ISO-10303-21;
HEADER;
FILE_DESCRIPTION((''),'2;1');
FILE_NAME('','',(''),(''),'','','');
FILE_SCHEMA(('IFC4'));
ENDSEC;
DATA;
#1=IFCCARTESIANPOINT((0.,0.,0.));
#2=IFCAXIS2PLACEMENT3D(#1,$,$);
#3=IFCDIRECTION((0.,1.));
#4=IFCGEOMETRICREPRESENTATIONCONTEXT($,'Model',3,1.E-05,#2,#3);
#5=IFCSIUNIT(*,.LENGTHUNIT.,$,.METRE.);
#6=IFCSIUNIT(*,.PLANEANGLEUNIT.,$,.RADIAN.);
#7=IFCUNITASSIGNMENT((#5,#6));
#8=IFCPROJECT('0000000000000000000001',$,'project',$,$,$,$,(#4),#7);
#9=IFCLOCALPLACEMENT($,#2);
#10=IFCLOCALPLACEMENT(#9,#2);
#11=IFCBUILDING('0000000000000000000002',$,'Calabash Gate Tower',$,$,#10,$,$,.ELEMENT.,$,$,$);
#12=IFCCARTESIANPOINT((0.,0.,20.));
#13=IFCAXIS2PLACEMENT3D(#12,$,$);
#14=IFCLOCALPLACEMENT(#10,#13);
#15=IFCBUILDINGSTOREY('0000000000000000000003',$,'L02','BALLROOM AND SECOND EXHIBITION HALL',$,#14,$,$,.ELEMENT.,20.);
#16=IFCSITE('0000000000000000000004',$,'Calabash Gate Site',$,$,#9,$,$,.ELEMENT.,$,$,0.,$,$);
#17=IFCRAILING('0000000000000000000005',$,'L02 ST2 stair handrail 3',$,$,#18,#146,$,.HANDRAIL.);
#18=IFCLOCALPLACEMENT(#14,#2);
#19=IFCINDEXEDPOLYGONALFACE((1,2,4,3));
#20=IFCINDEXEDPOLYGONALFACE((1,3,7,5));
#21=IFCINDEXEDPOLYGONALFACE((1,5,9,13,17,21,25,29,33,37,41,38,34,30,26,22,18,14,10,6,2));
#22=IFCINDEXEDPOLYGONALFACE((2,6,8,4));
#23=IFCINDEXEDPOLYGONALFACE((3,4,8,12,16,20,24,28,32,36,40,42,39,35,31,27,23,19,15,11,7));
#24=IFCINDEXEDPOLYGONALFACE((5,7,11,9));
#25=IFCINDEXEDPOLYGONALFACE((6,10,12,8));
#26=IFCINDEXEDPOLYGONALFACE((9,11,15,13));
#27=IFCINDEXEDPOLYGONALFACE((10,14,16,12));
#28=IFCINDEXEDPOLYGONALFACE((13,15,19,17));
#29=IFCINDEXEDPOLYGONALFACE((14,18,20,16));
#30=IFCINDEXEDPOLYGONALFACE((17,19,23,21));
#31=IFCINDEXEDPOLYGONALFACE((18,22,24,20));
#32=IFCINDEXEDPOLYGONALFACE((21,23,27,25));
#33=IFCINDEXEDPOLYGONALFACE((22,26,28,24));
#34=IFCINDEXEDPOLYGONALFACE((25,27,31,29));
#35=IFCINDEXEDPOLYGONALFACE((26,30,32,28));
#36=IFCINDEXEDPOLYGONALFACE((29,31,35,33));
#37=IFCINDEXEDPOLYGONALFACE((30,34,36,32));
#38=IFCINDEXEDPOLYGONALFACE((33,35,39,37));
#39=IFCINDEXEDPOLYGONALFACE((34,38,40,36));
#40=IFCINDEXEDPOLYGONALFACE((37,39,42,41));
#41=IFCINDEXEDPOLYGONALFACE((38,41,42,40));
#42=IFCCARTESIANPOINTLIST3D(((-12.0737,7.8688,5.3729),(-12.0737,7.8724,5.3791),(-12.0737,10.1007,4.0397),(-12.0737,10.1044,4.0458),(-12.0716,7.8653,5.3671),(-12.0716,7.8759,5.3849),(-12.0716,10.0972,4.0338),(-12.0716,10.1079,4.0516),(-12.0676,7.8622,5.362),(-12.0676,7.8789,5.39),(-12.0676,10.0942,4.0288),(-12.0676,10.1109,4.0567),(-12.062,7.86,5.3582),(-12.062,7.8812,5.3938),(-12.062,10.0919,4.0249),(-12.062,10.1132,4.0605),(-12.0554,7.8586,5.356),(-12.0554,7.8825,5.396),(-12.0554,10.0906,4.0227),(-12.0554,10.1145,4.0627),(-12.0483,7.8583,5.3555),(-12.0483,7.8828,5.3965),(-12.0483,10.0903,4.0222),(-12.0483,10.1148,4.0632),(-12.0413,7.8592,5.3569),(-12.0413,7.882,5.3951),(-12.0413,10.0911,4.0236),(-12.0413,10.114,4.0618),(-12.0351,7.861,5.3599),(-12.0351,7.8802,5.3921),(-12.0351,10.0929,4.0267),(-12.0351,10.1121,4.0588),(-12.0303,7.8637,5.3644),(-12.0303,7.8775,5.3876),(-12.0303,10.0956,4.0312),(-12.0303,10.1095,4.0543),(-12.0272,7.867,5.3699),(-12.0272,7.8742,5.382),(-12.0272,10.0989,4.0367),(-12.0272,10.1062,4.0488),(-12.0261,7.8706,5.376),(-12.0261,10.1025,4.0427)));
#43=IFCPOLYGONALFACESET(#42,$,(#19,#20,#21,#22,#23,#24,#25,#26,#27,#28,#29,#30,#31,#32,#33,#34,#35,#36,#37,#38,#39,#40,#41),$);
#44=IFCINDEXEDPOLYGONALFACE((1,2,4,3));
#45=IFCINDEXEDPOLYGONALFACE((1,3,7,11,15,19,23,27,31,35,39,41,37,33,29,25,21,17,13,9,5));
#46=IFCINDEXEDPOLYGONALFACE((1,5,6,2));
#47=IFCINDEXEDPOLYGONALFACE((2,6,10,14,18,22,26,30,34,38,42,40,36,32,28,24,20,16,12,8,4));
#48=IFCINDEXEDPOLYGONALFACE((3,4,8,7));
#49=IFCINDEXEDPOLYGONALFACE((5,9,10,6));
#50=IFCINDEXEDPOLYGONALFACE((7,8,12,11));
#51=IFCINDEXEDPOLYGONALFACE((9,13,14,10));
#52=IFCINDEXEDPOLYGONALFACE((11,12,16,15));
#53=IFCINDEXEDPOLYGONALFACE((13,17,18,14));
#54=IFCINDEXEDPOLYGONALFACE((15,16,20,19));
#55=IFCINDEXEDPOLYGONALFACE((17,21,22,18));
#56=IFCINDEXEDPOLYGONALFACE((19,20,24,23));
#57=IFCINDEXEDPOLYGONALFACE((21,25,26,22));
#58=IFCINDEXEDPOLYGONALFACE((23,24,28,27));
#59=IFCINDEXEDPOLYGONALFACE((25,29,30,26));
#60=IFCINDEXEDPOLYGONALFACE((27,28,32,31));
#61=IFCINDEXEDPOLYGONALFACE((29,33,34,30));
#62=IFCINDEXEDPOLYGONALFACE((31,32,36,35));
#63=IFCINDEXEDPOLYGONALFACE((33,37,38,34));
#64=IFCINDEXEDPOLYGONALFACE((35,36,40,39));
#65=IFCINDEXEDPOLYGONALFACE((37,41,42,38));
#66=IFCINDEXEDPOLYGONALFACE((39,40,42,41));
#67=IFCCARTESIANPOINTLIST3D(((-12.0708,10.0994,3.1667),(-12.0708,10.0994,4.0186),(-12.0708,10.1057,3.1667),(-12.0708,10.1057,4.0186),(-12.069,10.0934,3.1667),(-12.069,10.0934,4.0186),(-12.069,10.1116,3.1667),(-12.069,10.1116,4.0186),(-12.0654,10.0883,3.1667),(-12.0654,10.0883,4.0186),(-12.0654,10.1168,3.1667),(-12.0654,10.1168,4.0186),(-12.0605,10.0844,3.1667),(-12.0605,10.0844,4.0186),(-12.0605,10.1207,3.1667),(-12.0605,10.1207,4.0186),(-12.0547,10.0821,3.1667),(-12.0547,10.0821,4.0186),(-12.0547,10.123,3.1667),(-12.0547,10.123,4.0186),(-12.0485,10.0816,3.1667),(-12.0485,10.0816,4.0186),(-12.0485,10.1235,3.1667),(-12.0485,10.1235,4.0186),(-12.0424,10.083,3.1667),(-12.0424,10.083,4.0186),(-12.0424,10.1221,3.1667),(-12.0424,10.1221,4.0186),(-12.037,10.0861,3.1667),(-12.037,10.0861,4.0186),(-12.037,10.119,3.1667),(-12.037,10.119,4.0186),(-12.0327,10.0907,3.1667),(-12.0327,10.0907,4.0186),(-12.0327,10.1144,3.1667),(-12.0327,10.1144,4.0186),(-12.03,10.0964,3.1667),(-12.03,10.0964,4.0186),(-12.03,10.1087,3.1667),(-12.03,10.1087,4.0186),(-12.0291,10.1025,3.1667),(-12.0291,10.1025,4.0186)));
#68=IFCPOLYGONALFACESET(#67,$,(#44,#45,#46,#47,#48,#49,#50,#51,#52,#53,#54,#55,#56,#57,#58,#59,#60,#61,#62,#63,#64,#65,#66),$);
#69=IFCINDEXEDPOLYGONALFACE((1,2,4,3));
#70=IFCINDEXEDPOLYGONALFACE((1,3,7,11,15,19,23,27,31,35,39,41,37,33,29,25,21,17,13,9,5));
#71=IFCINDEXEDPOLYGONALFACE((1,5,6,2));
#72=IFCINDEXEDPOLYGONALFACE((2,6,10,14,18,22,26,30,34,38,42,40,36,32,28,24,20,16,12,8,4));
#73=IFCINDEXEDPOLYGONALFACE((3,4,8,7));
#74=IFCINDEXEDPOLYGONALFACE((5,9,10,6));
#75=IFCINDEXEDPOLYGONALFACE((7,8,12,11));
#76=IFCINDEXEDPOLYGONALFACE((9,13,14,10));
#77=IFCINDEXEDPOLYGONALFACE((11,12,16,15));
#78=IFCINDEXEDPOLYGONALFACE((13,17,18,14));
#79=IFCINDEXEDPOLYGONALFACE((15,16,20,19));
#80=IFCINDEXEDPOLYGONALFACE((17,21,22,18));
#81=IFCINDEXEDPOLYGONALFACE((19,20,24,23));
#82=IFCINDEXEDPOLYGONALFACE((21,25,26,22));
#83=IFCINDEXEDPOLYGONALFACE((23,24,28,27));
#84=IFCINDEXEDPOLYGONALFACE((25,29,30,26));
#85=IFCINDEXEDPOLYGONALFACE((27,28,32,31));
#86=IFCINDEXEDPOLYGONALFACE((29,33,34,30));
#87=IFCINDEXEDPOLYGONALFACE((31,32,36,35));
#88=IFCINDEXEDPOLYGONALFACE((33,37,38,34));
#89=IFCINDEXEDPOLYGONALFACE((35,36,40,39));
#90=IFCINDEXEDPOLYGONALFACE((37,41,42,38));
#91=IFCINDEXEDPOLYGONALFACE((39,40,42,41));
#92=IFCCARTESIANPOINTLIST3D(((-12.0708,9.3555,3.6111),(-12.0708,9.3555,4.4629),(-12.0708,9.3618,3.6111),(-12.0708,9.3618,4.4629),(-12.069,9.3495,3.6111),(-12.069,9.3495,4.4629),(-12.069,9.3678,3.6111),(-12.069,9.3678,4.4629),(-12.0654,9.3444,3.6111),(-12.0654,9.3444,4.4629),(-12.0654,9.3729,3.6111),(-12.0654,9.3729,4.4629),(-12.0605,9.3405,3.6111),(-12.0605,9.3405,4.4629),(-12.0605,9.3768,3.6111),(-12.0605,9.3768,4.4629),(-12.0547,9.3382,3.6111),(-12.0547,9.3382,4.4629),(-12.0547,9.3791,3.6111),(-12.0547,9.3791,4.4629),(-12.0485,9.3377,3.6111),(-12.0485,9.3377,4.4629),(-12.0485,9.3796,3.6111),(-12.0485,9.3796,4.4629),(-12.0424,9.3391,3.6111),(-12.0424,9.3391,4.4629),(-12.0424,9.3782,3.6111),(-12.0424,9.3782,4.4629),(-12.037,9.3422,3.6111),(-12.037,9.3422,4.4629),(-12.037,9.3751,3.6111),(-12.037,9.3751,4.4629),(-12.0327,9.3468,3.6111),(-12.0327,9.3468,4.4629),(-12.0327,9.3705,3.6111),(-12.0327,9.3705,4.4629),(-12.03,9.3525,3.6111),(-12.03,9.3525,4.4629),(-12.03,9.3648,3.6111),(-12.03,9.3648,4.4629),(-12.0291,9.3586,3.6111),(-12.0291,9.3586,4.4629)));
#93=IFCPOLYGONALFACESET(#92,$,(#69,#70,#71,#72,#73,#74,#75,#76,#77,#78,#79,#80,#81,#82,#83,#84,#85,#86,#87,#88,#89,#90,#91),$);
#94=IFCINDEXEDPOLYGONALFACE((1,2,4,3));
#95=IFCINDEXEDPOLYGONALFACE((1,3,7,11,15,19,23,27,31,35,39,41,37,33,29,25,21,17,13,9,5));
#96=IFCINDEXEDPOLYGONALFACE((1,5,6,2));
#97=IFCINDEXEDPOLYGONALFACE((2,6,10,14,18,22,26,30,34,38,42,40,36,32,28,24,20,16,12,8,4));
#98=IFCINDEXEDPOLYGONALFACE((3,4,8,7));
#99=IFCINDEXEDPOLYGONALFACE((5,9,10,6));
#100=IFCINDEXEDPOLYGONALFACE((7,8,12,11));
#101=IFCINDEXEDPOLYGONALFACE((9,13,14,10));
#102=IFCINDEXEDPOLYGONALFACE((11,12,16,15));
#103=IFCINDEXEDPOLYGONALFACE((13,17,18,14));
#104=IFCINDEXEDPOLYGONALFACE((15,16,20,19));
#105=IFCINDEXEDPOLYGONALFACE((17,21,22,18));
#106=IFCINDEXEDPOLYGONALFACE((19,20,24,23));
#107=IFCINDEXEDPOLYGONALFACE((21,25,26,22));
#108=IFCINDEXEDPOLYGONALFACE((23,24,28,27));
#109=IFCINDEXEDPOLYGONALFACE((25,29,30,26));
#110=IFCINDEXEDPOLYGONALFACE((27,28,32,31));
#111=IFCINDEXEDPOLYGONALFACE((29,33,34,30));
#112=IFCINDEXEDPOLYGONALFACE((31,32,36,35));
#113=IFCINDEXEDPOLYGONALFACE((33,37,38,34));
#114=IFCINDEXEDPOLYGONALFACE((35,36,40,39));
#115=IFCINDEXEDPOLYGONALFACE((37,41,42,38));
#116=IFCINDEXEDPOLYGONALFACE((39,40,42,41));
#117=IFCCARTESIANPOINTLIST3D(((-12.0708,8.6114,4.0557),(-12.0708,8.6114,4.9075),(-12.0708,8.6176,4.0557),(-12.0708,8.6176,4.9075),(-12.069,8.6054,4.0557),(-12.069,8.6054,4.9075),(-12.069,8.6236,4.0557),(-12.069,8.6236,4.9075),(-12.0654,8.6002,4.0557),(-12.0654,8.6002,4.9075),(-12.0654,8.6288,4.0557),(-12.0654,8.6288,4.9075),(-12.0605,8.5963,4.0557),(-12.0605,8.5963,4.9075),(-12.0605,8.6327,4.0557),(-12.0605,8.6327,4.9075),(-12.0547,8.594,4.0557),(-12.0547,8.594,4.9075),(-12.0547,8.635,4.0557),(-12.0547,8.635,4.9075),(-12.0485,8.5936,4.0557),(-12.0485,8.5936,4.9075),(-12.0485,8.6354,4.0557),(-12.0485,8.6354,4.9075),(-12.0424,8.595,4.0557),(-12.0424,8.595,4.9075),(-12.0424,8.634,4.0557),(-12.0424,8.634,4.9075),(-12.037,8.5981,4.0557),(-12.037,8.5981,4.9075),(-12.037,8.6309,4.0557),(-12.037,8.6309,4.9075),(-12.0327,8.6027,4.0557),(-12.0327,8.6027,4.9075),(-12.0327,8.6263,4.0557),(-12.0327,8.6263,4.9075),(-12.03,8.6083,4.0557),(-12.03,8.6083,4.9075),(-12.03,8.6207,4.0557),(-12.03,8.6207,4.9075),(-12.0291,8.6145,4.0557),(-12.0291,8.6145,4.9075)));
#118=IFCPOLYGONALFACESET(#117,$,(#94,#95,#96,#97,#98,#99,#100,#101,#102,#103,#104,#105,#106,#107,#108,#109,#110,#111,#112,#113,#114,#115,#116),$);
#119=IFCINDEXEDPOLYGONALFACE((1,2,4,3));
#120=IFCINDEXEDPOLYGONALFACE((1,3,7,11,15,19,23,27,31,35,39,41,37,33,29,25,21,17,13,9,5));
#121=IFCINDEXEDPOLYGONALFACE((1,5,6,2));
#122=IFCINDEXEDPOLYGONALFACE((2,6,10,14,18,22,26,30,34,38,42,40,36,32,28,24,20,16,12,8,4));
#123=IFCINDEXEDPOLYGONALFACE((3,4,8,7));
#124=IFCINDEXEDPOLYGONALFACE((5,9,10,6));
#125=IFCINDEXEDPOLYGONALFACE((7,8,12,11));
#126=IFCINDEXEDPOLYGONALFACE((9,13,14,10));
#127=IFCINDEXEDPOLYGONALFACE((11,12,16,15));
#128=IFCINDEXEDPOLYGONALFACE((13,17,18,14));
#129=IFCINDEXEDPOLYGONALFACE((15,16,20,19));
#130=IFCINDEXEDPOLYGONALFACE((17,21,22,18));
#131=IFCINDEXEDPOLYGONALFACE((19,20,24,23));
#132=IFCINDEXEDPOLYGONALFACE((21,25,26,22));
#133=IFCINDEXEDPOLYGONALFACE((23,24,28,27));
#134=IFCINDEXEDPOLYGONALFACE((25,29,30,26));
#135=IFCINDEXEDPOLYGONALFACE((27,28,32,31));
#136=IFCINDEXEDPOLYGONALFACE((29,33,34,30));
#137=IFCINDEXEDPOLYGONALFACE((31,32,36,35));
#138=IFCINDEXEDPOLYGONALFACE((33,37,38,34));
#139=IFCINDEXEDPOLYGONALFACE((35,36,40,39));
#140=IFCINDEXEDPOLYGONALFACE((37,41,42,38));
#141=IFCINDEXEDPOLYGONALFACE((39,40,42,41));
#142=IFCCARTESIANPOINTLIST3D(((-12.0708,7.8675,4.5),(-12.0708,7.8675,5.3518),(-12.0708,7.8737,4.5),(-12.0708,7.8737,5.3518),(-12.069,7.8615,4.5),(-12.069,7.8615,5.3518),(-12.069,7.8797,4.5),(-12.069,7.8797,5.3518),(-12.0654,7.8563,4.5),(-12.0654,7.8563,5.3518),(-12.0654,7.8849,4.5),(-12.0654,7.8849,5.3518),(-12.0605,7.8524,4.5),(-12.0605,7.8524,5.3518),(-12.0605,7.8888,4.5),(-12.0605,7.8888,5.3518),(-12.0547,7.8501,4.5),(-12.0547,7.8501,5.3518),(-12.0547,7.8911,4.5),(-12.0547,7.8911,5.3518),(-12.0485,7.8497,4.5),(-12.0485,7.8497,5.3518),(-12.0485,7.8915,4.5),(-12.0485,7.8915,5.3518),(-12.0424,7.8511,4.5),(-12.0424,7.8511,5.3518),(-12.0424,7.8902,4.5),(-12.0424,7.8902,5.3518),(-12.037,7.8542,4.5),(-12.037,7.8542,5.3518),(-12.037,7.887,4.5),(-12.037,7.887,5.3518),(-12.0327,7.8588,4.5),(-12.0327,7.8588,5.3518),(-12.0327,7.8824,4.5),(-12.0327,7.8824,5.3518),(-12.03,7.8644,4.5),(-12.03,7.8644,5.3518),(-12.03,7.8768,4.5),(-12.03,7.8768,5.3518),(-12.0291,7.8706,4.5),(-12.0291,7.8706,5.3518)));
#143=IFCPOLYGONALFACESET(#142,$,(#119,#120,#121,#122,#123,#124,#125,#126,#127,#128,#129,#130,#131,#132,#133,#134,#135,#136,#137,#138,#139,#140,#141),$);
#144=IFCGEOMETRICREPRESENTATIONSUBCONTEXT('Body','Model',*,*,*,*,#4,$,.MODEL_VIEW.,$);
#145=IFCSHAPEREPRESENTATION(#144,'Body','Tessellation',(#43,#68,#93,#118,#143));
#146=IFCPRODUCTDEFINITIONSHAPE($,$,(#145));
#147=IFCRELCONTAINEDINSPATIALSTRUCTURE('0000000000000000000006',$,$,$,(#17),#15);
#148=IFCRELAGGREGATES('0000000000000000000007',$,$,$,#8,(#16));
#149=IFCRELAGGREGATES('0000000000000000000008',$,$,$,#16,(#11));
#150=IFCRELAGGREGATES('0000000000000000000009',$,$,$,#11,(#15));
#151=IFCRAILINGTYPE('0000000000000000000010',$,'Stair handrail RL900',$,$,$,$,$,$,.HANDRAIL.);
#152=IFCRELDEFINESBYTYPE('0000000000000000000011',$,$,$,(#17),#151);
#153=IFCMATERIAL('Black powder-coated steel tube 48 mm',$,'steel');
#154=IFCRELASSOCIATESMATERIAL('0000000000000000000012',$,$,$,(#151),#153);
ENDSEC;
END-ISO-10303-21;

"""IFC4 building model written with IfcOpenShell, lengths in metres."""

from ifc_helpers import new_model, si_unit, direction, frame, origin, origin_2d, place, context, subcontext, project, spatial, circle, extrude, material, type_object, element, save


model = new_model("IFC4")

# Units and contexts
model_context = context("Model", 3, precision=1e-05, world=origin(), true_north=direction((0.0, 1.0)))
body_context = subcontext(model_context, "Body", "Model", "MODEL_VIEW")
ifc_project = project(units=[si_unit("LENGTHUNIT", "METRE"), si_unit("PLANEANGLEUNIT", "RADIAN")], contexts=[model_context])

# Site, building, storey
site_placement = place(None, origin())
site = spatial("IfcSite", under=ifc_project, at=site_placement, Name="Calabash Gate Site", CompositionType="ELEMENT", RefElevation=0.0)
building_placement = place(site_placement, origin())
building = spatial("IfcBuilding", under=site, at=building_placement, Name="Calabash Gate Tower", CompositionType="ELEMENT")
storey_placement = place(building_placement, frame((0.0, 0.0, 20.0)))
storey = spatial("IfcBuildingStorey", under=building, at=storey_placement, Name="L02", Description="BALLROOM AND SECOND EXHIBITION HALL", CompositionType="ELEMENT", Elevation=20.0)

# Railing
ifc_material_1 = material(Name="Black powder-coated steel tube 48 mm", Category="steel")
railing_type_1 = type_object("IfcRailingType", Name="Stair handrail RL900", PredefinedType="HANDRAIL", material=ifc_material_1)
railing_1_placement = place(storey_placement, frame((-12.05, 10.1025, 3.1667)))
element("IfcRailing", 1, at=railing_1_placement, inside=storey, type_object=railing_type_1, Name="L02 ST2 stair handrail 3", PredefinedType="HANDRAIL", context=body_context, shape_type="SweptSolid", body=[
    extrude(circle(Radius=0.0239, at=origin_2d()), frame((0.0, 0.0, 0.876), z_axis=(0.0, -0.858494, 0.512824), x_axis=(1.0, 0.0, 0.0)), (0.0, 0.0, 1.0), 2.5999),
    extrude(circle(Radius=0.021, at=origin_2d()), origin(), (0.0, 0.0, 1.0), 0.8518),
    extrude(circle(Radius=0.021, at=origin_2d()), frame((0.0, -0.7439, 0.4443)), (0.0, 0.0, 1.0), 0.8518),
    extrude(circle(Radius=0.021, at=origin_2d()), frame((0.0, -1.488, 0.8889)), (0.0, 0.0, 1.0), 0.8518),
    extrude(circle(Radius=0.021, at=origin_2d()), frame((0.0, -2.2319, 1.3333)), (0.0, 0.0, 1.0), 0.8518),
])

save(model, "model.ifc")
